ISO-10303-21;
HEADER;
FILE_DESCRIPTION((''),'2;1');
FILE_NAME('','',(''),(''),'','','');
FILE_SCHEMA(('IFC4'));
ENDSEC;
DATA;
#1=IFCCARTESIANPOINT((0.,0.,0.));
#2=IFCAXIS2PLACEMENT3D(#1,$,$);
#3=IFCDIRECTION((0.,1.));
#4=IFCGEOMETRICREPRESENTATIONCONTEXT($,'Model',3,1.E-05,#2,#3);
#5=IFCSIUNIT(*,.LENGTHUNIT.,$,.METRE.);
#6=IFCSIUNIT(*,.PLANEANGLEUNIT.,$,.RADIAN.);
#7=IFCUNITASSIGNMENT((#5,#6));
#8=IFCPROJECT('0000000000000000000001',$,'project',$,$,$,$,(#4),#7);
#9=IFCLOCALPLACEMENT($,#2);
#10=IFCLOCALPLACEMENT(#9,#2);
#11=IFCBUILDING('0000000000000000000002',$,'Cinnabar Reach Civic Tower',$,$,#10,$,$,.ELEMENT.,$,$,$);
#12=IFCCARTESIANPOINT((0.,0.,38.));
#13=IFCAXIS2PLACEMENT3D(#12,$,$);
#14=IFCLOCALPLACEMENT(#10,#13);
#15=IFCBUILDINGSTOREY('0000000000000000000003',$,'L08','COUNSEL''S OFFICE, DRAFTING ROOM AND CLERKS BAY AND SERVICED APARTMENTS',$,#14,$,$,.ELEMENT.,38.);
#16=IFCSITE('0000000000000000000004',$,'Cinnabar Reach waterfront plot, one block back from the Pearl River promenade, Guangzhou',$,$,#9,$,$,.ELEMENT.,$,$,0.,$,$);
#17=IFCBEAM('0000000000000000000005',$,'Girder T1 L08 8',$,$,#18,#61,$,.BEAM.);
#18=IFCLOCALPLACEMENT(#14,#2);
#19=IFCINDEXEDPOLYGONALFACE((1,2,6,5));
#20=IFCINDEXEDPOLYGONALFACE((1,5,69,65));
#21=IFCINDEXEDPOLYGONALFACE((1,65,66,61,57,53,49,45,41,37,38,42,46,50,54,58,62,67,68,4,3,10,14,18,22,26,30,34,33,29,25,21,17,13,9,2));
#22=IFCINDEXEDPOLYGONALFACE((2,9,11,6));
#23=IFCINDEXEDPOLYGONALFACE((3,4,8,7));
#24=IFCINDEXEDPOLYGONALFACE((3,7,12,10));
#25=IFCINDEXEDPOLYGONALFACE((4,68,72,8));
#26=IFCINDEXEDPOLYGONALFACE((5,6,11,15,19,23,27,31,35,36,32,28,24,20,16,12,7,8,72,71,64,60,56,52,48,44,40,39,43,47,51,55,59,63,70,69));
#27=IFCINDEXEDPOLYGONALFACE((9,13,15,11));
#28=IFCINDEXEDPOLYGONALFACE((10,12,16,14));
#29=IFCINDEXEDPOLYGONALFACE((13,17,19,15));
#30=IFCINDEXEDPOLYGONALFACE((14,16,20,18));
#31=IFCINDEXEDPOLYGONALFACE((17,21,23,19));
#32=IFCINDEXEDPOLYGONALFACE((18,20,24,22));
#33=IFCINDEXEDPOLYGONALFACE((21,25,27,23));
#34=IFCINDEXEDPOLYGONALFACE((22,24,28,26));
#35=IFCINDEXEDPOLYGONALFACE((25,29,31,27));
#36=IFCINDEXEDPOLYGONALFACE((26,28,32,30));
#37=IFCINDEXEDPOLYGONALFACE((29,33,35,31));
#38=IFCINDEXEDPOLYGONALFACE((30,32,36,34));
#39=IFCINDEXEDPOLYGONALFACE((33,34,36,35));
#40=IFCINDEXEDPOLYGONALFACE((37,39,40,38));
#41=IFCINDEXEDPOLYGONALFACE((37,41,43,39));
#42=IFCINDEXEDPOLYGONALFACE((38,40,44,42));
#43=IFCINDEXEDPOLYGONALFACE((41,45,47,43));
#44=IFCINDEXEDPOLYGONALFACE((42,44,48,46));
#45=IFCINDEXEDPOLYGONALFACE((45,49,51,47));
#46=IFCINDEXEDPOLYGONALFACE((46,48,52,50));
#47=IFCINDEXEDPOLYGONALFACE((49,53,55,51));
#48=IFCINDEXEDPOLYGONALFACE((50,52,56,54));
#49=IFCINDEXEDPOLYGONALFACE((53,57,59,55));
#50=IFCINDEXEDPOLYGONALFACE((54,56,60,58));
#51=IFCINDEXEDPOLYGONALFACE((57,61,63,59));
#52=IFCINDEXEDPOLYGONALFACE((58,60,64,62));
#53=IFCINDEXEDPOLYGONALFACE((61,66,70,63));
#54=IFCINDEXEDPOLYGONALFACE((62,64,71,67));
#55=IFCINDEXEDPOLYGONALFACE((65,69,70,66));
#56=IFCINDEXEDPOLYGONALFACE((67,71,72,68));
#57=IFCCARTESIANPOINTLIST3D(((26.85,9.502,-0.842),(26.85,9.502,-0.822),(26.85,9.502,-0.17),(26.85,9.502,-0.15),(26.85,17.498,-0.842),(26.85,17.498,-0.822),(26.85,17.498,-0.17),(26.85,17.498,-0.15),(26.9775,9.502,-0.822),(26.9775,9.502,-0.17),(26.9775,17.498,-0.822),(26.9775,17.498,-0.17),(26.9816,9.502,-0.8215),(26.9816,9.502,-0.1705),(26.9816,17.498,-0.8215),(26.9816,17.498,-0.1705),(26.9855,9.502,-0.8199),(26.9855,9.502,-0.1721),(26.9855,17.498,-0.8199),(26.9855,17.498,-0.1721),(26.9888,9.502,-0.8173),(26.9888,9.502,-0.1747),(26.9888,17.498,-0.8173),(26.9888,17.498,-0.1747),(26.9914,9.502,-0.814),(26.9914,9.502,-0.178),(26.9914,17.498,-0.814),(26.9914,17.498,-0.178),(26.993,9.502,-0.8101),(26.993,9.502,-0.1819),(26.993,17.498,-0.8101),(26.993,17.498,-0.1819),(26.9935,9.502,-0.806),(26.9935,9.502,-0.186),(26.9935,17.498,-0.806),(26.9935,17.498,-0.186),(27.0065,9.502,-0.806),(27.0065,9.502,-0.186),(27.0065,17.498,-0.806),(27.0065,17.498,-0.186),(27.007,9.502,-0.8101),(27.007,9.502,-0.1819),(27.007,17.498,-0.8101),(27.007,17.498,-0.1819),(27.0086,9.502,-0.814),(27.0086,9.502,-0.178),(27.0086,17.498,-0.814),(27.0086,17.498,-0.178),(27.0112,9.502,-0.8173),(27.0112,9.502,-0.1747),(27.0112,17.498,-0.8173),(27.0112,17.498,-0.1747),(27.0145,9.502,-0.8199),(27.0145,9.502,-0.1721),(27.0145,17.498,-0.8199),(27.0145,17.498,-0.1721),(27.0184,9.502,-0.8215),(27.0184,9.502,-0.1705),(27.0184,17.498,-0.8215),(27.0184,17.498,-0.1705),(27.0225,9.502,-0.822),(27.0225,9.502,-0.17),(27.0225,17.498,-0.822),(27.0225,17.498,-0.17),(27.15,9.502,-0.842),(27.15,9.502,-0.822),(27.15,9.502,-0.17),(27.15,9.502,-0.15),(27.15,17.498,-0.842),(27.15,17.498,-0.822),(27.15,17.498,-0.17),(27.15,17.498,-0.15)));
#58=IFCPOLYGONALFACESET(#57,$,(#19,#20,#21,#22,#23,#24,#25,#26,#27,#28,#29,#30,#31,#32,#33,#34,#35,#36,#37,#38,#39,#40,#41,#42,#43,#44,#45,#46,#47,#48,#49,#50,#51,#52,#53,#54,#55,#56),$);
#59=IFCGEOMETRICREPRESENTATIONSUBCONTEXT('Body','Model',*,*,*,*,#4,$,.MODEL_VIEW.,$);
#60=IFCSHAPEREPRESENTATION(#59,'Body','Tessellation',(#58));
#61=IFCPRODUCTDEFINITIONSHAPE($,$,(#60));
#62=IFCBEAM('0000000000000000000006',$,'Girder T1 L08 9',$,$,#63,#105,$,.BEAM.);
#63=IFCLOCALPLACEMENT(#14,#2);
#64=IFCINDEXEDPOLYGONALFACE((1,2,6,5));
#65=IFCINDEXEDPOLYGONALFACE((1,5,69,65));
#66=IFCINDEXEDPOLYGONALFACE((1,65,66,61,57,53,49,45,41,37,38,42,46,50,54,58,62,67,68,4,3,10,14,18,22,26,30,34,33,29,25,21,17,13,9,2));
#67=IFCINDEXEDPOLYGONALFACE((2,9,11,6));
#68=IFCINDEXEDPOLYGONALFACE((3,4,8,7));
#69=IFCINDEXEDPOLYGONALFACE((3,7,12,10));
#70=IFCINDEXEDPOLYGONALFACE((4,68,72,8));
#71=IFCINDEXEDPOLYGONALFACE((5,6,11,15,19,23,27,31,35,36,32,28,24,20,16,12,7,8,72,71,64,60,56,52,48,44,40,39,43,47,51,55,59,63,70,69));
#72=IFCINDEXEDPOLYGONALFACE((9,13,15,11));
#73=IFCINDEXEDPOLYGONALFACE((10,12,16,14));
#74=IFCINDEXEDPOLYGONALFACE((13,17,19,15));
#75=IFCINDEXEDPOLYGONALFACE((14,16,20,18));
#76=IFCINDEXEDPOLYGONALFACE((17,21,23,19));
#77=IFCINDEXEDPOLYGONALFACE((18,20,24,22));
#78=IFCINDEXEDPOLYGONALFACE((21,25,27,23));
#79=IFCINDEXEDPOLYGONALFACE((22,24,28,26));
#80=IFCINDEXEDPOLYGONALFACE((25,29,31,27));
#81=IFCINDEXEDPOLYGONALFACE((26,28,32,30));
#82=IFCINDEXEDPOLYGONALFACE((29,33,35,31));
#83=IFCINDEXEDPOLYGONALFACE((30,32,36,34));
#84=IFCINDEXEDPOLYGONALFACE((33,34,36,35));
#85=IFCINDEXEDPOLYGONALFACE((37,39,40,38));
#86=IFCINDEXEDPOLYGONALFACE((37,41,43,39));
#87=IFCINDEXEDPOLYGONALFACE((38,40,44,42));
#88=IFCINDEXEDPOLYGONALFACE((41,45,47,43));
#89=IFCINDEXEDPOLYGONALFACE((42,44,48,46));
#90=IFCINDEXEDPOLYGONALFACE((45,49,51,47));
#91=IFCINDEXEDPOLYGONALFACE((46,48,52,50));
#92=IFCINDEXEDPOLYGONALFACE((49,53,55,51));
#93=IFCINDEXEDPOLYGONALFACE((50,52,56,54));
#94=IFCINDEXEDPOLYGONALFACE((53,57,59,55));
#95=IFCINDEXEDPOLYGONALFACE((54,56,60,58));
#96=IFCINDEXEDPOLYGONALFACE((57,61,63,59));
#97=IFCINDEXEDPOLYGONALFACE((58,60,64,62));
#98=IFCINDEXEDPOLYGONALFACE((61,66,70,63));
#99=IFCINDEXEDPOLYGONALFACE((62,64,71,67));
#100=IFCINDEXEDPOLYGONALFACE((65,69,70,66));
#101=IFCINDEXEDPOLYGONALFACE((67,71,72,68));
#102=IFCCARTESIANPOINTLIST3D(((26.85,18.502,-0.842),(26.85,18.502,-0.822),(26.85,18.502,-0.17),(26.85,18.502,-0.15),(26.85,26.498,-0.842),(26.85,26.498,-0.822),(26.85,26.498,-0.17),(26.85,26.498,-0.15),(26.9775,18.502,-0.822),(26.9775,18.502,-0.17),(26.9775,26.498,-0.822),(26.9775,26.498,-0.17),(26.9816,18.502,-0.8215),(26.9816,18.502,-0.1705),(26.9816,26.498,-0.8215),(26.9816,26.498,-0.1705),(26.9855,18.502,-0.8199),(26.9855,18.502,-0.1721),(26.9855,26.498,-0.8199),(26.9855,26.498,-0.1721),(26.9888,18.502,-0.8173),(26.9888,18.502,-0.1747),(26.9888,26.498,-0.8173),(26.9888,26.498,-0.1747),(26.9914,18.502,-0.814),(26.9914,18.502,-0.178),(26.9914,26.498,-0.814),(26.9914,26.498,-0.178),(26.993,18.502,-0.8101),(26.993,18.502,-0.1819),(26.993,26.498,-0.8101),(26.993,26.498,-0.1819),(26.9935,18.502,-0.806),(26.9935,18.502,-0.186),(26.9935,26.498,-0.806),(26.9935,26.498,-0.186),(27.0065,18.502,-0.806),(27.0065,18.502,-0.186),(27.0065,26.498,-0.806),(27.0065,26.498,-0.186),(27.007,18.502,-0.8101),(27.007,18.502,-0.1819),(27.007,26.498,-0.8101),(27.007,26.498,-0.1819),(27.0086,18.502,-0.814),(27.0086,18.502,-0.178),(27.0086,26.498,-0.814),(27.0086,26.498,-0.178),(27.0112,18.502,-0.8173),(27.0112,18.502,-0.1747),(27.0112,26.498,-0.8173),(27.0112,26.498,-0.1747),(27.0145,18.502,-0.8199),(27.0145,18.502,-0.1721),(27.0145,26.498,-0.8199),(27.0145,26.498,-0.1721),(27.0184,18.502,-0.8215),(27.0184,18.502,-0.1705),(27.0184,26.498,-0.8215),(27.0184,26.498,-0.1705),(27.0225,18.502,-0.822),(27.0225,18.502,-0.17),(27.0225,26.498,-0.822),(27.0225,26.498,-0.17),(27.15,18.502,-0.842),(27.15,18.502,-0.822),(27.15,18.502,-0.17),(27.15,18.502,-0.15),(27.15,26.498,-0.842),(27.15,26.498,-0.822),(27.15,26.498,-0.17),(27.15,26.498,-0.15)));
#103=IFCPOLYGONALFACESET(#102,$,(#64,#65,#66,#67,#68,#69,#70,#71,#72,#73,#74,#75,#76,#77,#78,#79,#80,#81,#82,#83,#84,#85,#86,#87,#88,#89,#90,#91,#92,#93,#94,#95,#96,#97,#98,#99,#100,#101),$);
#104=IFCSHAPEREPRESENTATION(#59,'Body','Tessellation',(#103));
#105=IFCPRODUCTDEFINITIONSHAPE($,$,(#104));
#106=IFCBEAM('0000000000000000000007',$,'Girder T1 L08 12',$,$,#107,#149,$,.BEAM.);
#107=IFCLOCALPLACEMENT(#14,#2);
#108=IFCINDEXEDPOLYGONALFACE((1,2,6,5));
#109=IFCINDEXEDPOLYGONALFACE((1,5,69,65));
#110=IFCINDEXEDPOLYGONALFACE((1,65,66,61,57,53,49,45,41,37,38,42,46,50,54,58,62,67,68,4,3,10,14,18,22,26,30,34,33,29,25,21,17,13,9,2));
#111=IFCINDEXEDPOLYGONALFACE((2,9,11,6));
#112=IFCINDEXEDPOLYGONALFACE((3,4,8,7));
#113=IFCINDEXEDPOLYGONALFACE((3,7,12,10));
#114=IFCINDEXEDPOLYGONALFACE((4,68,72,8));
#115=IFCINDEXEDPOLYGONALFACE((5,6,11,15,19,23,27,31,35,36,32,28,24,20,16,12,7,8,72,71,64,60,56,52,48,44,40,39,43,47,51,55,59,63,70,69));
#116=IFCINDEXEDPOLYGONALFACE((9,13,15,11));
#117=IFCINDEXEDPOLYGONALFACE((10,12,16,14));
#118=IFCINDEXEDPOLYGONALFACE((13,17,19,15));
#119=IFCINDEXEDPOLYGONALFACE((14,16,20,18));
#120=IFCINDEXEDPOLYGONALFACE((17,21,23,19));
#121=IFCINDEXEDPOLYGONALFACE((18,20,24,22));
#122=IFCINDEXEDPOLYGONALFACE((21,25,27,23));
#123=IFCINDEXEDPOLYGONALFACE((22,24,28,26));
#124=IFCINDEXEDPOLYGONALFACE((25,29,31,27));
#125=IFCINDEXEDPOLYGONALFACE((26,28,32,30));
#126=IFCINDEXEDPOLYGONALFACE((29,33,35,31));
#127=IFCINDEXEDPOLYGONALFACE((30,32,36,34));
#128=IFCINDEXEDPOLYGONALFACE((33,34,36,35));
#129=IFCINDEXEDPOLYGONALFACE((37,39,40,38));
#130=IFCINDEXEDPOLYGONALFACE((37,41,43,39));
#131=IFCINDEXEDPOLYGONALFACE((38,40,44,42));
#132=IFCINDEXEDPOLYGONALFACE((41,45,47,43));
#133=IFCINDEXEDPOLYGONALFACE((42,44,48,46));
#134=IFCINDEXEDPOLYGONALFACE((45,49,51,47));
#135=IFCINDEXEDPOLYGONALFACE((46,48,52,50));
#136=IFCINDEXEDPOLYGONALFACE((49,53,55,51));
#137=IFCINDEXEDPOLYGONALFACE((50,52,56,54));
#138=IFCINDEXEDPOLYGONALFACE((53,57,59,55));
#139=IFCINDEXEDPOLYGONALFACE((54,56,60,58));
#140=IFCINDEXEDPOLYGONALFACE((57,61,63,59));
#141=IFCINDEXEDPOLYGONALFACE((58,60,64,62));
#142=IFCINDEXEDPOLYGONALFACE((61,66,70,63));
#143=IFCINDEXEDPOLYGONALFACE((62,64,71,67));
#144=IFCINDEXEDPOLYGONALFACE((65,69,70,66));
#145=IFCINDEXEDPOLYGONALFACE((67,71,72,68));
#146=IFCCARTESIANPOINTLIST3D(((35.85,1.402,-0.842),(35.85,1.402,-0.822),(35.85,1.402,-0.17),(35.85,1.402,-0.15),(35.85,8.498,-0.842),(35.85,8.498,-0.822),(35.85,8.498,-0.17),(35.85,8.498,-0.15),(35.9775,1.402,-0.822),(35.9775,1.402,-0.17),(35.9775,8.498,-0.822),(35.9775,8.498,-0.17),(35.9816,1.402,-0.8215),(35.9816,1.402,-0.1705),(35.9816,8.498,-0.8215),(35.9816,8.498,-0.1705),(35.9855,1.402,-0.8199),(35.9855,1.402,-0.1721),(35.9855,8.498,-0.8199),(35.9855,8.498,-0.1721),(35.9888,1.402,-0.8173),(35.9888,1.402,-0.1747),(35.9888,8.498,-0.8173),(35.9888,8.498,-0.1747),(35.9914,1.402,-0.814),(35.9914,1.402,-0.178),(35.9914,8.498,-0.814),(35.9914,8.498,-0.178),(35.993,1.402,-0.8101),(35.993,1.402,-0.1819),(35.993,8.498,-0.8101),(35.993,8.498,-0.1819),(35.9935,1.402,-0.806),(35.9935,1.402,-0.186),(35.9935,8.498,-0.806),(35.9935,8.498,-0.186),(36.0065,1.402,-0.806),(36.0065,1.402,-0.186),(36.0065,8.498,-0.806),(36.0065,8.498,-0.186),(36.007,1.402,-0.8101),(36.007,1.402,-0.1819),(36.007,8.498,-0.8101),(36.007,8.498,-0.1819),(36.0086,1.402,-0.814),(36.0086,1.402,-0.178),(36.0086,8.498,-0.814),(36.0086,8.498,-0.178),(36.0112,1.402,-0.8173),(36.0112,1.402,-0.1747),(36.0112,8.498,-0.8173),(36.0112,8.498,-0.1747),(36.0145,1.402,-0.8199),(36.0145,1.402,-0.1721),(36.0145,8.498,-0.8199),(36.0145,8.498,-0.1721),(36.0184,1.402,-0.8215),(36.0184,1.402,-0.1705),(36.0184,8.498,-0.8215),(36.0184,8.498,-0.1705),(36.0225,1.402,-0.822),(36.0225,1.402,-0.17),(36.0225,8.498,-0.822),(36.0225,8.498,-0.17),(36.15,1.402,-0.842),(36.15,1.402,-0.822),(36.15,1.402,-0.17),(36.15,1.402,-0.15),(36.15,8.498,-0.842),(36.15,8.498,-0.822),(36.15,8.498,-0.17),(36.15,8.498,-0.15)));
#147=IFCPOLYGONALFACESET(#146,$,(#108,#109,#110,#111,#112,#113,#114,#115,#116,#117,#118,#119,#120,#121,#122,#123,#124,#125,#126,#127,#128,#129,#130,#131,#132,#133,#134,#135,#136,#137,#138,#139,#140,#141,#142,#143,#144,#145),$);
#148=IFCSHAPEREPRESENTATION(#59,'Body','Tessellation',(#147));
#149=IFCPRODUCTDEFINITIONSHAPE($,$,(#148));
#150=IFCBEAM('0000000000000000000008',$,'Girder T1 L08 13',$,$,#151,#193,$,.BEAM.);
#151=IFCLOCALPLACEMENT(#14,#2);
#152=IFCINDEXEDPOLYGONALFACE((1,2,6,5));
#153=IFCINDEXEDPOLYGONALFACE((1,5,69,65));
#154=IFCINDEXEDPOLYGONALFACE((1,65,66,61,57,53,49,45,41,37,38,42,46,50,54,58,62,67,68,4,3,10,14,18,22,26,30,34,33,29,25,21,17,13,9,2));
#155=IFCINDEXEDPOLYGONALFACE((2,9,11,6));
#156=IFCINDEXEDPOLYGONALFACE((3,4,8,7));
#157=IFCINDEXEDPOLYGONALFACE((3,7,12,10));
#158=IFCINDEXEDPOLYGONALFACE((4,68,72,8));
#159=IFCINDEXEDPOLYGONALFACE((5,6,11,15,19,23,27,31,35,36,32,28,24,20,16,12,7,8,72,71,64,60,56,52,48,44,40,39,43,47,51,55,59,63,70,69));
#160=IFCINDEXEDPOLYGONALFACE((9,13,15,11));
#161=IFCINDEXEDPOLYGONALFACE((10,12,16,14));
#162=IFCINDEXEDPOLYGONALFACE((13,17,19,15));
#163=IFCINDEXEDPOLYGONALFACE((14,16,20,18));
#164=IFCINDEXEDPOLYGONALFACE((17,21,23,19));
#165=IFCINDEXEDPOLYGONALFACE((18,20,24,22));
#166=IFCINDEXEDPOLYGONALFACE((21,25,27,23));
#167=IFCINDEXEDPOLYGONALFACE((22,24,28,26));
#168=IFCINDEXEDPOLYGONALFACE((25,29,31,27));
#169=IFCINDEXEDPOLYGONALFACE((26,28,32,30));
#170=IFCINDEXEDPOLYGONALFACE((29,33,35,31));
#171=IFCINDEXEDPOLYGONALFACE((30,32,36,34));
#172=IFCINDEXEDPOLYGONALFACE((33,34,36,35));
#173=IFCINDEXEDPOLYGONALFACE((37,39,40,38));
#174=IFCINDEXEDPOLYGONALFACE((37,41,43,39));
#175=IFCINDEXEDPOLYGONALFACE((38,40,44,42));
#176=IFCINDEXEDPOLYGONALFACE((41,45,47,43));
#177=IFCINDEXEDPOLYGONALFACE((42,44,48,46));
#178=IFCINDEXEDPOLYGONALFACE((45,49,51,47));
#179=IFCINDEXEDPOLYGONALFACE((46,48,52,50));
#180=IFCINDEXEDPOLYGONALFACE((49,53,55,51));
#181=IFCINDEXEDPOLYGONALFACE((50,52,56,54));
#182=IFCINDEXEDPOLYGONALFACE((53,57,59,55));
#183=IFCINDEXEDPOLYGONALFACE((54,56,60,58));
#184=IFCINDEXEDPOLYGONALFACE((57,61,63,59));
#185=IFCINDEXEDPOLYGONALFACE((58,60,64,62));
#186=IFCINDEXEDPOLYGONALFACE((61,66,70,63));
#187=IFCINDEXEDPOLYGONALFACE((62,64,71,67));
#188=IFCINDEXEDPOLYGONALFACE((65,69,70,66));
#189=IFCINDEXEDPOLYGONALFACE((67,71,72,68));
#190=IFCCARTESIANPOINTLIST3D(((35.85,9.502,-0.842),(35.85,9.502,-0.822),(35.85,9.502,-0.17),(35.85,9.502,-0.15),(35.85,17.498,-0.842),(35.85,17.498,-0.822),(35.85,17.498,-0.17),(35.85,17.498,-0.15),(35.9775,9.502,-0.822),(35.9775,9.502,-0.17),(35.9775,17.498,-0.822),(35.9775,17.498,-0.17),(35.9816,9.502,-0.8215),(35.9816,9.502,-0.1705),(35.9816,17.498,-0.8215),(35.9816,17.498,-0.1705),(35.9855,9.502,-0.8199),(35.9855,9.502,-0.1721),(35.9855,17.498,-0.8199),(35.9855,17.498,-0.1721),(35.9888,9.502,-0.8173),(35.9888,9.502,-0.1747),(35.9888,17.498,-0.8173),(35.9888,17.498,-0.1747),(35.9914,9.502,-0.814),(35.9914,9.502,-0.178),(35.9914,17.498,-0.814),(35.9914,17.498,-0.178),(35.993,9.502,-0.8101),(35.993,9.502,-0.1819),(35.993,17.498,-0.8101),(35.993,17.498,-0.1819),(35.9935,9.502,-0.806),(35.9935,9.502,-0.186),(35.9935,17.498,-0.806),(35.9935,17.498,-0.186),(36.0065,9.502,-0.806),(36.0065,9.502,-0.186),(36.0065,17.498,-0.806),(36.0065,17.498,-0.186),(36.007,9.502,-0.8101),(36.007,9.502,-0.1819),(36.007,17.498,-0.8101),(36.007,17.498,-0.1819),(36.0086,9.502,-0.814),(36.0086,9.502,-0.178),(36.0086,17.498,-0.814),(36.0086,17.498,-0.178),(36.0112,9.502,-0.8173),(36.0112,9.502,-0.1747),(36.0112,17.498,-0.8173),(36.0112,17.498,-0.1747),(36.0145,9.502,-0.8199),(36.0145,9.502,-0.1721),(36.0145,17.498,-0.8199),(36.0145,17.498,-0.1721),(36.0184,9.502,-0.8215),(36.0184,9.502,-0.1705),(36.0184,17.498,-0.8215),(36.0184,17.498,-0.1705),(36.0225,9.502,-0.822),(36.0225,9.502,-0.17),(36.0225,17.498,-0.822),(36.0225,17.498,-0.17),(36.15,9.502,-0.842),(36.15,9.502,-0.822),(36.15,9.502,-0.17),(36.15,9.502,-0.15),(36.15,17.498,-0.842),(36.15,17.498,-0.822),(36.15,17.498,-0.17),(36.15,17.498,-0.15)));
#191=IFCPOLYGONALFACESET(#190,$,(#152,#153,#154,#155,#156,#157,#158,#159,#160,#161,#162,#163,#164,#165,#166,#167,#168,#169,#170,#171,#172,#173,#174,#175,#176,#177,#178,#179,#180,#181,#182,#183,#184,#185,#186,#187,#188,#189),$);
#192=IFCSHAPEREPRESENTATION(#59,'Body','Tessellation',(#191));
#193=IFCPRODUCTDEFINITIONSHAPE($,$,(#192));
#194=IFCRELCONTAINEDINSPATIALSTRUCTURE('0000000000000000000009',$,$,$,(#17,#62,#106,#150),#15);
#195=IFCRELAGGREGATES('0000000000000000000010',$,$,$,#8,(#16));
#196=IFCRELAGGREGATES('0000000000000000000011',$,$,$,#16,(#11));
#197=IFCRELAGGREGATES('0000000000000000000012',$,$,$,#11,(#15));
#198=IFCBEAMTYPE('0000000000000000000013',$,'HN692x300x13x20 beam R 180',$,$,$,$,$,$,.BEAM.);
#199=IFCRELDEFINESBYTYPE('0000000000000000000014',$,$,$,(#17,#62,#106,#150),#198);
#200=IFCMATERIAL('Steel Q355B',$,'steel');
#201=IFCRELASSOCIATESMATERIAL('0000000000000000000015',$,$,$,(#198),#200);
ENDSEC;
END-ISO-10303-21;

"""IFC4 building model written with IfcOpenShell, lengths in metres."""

from ifc_helpers import new_model, si_unit, direction, frame, origin, origin_2d, place, context, subcontext, project, spatial, i_section, extrude, material, material_profile, profile_set, type_object, element, save


model = new_model("IFC4")

# Units and contexts
model_context = context("Model", 3, precision=1e-05, world=origin(), true_north=direction((0.0, 1.0)))
body_context = subcontext(model_context, "Body", "Model", "MODEL_VIEW")
ifc_project = project(units=[si_unit("LENGTHUNIT", "METRE"), si_unit("PLANEANGLEUNIT", "RADIAN")], contexts=[model_context])

# Site, building, storey
site_placement = place(None, origin())
site = spatial("IfcSite", under=ifc_project, at=site_placement, Name="Cinnabar Reach waterfront plot, one block back from the Pearl River promenade, Guangzhou", CompositionType="ELEMENT", RefElevation=0.0)
building_placement = place(site_placement, origin())
building = spatial("IfcBuilding", under=site, at=building_placement, Name="Cinnabar Reach Civic Tower", CompositionType="ELEMENT")
storey_placement = place(building_placement, frame((0.0, 0.0, 38.0)))
storey = spatial("IfcBuildingStorey", under=building, at=storey_placement, Name="L08", Description="COUNSEL'S OFFICE, DRAFTING ROOM AND CLERKS BAY AND SERVICED APARTMENTS", CompositionType="ELEMENT", Elevation=38.0)

# Beams
ifc_material_1 = material(Name="Steel Q355B", Category="steel")
ifc_material_profile_1 = material_profile(ifc_material_1, i_section(OverallWidth=0.3, OverallDepth=0.692, WebThickness=0.013, FlangeThickness=0.02, FilletRadius=0.016, at=origin_2d()), Name="HN692x300x13x20")
ifc_profile_set_1 = profile_set([ifc_material_profile_1], Name="Steel Q355B")
beam_type_1 = type_object("IfcBeamType", Name="HN692x300x13x20 beam R 180", PredefinedType="BEAM", material=ifc_profile_set_1)
for number, where, z_axis, x_axis, name in (
    (1, (27.0, 9.502, -0.496), (0.0, 1.0, 0.0), (-1.0, 0.0, 0.0), "Girder T1 L08 8"),
    (2, (27.0, 18.502, -0.496), (0.0, 1.0, 0.0), (-1.0, 0.0, 0.0), "Girder T1 L08 9"),
):
    element("IfcBeam", number, at=place(storey_placement, frame(where, z_axis=z_axis, x_axis=x_axis)), inside=storey, type_object=beam_type_1, Name=name, PredefinedType="BEAM", context=body_context, shape_type="SweptSolid", body=[
        extrude(i_section(OverallWidth=0.3, OverallDepth=0.692, WebThickness=0.013, FlangeThickness=0.02, FilletRadius=0.016, at=origin_2d()), origin(), (0.0, 0.0, 1.0), 7.996),
    ])
beam_1_placement = place(storey_placement, frame((36.0, 1.402, -0.496), z_axis=(0.0, 1.0, 0.0), x_axis=(-1.0, 0.0, 0.0)))
element("IfcBeam", 3, at=beam_1_placement, inside=storey, type_object=beam_type_1, Name="Girder T1 L08 12", PredefinedType="BEAM", context=body_context, shape_type="SweptSolid", body=[
    extrude(i_section(OverallWidth=0.3, OverallDepth=0.692, WebThickness=0.013, FlangeThickness=0.02, FilletRadius=0.016, at=origin_2d()), origin(), (0.0, 0.0, 1.0), 7.096),
])
for number, where, z_axis, x_axis, name in (
    (4, (36.0, 9.502, -0.496), (0.0, 1.0, 0.0), (-1.0, 0.0, 0.0), "Girder T1 L08 13"),
):
    element("IfcBeam", number, at=place(storey_placement, frame(where, z_axis=z_axis, x_axis=x_axis)), inside=storey, type_object=beam_type_1, Name=name, PredefinedType="BEAM", context=body_context, shape_type="SweptSolid", body=[
        extrude(i_section(OverallWidth=0.3, OverallDepth=0.692, WebThickness=0.013, FlangeThickness=0.02, FilletRadius=0.016, at=origin_2d()), origin(), (0.0, 0.0, 1.0), 7.996),
    ])

save(model, "model.ifc")
